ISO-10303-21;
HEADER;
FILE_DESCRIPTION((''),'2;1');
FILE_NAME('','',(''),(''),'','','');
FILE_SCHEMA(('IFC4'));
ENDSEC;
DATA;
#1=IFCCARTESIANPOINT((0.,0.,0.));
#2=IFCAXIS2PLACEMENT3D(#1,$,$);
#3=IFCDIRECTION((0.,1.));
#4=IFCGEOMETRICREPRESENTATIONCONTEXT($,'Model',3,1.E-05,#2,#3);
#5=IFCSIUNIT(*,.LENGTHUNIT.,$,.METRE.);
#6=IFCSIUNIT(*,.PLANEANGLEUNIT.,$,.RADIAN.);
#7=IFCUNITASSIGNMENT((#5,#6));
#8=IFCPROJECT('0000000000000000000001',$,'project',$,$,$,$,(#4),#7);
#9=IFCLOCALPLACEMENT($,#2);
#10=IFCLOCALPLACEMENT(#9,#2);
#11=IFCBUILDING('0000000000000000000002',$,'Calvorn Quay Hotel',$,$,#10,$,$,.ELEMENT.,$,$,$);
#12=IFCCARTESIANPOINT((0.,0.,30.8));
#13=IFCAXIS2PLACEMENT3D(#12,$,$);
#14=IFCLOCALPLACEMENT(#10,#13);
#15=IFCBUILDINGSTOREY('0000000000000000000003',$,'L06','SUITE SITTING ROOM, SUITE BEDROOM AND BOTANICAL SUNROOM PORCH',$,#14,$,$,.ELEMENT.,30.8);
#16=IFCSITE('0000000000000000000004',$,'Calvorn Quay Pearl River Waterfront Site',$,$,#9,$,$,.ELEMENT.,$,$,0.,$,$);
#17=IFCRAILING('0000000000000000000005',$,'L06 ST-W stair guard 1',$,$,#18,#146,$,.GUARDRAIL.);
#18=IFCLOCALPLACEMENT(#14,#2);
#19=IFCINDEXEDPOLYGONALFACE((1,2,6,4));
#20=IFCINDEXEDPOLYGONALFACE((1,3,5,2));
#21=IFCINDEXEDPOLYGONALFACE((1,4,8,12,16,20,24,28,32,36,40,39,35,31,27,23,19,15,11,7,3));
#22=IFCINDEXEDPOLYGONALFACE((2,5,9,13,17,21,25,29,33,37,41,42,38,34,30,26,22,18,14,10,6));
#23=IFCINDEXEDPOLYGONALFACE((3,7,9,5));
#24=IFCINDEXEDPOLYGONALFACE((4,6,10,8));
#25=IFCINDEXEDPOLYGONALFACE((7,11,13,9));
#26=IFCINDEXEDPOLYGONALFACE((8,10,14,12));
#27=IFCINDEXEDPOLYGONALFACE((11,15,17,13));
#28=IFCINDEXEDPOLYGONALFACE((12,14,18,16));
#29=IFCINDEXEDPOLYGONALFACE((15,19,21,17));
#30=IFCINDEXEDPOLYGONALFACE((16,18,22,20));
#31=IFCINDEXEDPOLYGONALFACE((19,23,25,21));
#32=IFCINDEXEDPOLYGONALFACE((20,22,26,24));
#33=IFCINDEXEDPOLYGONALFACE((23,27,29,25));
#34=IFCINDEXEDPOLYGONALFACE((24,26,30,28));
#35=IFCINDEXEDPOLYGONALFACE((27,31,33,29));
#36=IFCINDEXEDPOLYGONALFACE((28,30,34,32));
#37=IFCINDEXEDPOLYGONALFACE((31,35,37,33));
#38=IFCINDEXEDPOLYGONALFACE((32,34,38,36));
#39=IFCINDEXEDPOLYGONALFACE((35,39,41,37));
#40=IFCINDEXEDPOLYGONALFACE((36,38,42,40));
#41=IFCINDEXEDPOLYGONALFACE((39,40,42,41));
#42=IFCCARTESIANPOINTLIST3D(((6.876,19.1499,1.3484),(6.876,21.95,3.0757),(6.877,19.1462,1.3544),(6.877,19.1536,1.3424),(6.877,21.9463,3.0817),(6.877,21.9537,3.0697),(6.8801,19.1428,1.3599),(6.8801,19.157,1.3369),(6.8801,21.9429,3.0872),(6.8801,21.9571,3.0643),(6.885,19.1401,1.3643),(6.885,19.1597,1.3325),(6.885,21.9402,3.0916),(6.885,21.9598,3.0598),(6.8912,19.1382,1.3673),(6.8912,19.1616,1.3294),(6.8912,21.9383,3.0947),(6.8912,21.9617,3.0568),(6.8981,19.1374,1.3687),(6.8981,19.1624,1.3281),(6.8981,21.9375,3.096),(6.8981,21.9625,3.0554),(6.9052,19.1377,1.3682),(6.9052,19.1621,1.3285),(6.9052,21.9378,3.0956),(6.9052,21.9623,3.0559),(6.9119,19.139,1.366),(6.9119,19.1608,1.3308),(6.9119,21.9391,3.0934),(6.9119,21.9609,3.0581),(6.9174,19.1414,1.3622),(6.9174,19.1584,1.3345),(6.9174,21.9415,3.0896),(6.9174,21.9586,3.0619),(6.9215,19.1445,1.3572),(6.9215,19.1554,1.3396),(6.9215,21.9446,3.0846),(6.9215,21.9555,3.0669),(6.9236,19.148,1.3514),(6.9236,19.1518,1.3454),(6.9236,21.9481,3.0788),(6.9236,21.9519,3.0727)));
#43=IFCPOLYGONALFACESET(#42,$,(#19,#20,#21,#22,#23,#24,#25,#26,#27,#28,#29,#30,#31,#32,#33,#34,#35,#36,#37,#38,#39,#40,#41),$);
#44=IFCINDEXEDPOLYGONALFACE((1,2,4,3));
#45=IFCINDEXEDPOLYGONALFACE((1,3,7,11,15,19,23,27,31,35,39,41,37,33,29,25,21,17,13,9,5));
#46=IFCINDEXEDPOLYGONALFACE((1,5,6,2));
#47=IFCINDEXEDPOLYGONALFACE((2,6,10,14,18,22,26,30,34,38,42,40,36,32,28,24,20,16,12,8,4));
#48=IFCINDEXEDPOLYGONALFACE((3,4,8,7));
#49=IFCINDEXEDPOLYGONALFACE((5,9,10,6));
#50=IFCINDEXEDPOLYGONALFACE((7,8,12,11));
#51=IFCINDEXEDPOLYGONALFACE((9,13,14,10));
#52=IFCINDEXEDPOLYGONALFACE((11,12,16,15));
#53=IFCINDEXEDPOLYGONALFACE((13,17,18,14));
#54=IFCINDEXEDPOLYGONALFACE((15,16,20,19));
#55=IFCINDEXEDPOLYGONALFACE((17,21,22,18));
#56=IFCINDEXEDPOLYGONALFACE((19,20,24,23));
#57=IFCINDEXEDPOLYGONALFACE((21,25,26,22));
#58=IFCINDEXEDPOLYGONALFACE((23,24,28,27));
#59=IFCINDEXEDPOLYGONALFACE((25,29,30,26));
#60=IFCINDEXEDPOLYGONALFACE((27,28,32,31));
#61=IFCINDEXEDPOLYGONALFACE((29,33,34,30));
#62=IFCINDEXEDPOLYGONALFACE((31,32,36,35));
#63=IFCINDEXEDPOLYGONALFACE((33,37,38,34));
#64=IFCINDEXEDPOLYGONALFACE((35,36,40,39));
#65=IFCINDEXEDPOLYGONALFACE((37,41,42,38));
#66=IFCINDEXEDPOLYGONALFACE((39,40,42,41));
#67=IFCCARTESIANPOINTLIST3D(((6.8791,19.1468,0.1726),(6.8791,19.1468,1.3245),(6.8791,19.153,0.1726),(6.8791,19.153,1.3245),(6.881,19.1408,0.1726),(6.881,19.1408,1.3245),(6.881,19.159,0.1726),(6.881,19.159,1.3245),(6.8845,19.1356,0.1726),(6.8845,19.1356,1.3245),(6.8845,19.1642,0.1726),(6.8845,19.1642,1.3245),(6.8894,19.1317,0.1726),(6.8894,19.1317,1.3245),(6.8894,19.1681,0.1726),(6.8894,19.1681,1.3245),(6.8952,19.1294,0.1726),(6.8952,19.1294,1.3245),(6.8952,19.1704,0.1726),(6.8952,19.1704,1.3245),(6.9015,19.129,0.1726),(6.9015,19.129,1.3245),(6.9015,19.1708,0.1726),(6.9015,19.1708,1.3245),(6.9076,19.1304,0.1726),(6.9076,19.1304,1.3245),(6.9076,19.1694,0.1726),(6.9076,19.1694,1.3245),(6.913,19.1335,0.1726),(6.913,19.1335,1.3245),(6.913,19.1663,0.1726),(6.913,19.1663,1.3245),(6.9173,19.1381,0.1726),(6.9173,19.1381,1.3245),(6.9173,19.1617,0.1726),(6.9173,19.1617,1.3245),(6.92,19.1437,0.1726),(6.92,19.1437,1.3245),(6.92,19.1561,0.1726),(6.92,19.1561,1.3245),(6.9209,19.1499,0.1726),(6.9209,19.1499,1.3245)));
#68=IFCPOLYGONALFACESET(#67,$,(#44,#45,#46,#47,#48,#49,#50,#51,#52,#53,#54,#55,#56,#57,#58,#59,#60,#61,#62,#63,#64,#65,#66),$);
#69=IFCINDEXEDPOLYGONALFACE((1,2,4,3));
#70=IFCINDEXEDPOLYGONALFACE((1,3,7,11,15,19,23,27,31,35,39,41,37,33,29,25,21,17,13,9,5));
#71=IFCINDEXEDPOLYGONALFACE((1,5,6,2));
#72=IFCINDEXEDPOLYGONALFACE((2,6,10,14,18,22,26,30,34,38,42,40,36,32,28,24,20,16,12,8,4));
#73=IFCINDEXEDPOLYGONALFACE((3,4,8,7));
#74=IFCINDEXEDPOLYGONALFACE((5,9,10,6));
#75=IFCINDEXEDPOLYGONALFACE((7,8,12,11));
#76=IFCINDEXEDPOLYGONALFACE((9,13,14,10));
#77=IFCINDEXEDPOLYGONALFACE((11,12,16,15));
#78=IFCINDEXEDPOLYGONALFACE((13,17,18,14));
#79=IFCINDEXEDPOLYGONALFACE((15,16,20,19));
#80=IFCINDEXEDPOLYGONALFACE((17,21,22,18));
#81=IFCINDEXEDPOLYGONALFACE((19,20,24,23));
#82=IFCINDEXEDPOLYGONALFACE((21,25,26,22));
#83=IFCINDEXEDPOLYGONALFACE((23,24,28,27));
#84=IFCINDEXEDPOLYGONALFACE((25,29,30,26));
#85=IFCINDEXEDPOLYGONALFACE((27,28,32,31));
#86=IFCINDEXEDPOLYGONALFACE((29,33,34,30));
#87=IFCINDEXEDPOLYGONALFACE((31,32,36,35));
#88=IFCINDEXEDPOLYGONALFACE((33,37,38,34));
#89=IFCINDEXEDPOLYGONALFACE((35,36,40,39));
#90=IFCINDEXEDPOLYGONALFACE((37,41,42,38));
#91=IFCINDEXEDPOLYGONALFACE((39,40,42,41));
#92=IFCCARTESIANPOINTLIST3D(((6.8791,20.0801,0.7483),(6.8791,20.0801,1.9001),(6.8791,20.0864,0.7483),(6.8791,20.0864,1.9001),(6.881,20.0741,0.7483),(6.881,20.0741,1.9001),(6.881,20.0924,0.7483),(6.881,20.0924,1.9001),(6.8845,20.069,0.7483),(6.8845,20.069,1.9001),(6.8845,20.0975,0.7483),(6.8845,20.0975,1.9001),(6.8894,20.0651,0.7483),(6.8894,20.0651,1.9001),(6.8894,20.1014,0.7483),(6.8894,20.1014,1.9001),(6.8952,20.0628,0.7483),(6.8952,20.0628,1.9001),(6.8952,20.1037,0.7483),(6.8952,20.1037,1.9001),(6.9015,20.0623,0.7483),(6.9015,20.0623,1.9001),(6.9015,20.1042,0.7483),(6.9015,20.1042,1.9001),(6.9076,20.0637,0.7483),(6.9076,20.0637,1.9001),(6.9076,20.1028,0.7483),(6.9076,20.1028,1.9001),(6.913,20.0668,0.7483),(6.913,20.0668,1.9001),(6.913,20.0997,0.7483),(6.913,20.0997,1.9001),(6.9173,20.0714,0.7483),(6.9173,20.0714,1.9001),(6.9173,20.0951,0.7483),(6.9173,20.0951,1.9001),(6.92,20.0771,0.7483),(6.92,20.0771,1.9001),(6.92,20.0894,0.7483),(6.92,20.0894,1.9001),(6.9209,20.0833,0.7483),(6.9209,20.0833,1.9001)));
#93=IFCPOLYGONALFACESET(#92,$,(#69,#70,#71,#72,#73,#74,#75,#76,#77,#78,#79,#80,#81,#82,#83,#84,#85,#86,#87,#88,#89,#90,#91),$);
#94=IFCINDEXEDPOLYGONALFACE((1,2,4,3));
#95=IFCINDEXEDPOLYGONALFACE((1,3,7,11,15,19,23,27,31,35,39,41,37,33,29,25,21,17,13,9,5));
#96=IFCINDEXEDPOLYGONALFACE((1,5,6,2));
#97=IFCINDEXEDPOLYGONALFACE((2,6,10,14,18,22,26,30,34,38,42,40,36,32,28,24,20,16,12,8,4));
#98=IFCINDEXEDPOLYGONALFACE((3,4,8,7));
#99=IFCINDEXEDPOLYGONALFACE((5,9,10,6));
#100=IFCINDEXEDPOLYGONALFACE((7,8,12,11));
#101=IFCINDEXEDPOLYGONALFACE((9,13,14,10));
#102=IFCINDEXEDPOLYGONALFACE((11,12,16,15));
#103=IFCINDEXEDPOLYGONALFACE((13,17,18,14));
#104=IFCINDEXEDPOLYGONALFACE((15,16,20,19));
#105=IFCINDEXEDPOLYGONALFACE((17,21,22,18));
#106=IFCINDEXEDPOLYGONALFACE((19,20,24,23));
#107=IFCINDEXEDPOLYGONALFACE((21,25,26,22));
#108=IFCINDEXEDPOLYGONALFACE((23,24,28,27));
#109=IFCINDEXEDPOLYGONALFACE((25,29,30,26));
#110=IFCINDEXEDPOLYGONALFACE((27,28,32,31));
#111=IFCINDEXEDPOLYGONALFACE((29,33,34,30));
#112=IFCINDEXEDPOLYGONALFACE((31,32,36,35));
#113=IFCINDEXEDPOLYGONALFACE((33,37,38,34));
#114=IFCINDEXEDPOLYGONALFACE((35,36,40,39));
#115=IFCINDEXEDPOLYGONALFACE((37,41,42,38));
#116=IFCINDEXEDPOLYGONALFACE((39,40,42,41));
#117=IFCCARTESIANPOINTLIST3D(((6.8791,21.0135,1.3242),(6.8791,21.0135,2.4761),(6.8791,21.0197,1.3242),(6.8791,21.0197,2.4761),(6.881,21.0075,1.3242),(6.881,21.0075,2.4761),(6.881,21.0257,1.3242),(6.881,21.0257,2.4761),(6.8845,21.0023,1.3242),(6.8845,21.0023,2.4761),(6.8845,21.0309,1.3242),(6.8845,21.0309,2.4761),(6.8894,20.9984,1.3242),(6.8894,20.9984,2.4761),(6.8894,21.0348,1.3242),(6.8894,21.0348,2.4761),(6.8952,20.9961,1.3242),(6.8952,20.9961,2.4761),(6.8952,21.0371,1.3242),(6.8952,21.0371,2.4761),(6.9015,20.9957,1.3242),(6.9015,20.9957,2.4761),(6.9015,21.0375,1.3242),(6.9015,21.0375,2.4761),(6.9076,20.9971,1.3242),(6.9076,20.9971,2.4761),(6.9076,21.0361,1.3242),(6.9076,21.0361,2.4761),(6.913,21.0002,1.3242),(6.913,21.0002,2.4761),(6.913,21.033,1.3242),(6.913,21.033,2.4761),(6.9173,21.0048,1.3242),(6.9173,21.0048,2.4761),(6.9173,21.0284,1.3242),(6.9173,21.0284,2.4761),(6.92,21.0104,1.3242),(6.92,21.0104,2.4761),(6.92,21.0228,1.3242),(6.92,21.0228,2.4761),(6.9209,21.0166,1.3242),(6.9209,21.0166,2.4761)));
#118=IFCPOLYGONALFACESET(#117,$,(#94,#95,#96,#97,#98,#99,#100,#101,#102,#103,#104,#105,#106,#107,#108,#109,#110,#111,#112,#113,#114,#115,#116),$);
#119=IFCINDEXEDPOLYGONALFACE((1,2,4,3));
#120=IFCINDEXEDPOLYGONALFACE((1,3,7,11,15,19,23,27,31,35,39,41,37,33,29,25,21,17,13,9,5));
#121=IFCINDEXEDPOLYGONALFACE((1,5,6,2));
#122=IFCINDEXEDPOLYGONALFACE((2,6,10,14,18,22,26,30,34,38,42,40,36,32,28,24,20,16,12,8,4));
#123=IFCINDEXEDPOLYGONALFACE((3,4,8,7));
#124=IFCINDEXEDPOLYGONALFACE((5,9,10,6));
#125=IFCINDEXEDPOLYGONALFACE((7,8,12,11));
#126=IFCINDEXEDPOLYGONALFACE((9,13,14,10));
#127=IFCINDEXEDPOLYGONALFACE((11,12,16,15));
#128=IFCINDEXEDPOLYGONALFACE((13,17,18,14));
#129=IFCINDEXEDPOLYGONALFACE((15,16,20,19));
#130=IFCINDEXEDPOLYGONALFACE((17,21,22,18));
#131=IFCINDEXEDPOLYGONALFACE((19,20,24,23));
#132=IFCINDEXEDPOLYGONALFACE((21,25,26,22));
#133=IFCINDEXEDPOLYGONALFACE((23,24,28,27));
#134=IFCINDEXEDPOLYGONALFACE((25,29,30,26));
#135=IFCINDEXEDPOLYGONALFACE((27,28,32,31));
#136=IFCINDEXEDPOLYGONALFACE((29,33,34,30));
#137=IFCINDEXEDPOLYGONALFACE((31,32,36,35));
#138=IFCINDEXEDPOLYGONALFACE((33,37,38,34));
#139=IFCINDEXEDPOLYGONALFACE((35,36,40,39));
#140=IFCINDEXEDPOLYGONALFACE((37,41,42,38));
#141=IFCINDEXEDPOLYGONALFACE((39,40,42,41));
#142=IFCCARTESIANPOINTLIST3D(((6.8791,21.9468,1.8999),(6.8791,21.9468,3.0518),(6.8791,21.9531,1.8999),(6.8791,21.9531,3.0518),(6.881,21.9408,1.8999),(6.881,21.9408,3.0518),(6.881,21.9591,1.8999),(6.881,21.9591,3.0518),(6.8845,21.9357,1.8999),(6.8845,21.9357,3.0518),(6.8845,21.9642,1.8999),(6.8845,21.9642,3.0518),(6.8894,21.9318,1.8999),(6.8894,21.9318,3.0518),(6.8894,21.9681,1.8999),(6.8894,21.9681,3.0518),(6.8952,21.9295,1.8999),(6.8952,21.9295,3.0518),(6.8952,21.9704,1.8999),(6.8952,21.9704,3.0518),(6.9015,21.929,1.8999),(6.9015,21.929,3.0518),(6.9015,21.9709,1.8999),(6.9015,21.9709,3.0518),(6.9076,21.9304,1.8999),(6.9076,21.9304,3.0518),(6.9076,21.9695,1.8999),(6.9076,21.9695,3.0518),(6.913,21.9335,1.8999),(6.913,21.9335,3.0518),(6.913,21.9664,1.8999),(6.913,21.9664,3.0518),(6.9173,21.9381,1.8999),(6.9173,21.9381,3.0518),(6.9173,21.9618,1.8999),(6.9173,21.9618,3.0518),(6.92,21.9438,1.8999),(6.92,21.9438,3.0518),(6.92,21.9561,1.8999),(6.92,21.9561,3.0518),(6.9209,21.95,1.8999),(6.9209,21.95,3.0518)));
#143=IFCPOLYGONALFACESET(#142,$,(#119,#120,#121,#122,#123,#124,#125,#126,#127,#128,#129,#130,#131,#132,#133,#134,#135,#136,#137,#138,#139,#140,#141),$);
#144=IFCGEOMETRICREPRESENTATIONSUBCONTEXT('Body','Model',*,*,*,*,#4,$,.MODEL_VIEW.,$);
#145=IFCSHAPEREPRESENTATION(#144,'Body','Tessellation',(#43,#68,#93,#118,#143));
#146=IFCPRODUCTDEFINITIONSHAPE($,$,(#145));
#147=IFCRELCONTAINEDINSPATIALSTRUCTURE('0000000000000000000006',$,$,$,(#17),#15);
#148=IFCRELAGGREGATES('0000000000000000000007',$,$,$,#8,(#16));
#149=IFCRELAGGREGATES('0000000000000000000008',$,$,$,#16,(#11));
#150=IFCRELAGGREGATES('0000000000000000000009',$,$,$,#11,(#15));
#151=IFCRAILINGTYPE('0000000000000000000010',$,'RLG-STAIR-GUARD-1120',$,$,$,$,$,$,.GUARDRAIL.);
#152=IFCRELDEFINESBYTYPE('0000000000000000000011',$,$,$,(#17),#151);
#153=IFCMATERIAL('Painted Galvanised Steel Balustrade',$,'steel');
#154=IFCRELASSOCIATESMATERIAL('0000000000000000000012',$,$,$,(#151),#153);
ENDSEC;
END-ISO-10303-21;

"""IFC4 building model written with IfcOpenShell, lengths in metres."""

from ifc_helpers import new_model, si_unit, direction, frame, origin, origin_2d, place, context, subcontext, project, spatial, circle, extrude, material, type_object, element, save


model = new_model("IFC4")

# Units and contexts
model_context = context("Model", 3, precision=1e-05, world=origin(), true_north=direction((0.0, 1.0)))
body_context = subcontext(model_context, "Body", "Model", "MODEL_VIEW")
ifc_project = project(units=[si_unit("LENGTHUNIT", "METRE"), si_unit("PLANEANGLEUNIT", "RADIAN")], contexts=[model_context])

# Site, building, storey
site_placement = place(None, origin())
site = spatial("IfcSite", under=ifc_project, at=site_placement, Name="Calvorn Quay Pearl River Waterfront Site", CompositionType="ELEMENT", RefElevation=0.0)
building_placement = place(site_placement, origin())
building = spatial("IfcBuilding", under=site, at=building_placement, Name="Calvorn Quay Hotel", CompositionType="ELEMENT")
storey_placement = place(building_placement, frame((0.0, 0.0, 30.8)))
storey = spatial("IfcBuildingStorey", under=building, at=storey_placement, Name="L06", Description="SUITE SITTING ROOM, SUITE BEDROOM AND BOTANICAL SUNROOM PORCH", CompositionType="ELEMENT", Elevation=30.8)

# Railing
ifc_material_1 = material(Name="Painted Galvanised Steel Balustrade", Category="steel")
railing_type_1 = type_object("IfcRailingType", Name="RLG-STAIR-GUARD-1120", PredefinedType="GUARDRAIL", material=ifc_material_1)
railing_1_placement = place(storey_placement, frame((6.8999, 19.1499, 0.1726)))
element("IfcRailing", 1, at=railing_1_placement, inside=storey, type_object=railing_type_1, Name="L06 ST-W stair guard 1", PredefinedType="GUARDRAIL", context=body_context, shape_type="SweptSolid", body=[
    extrude(circle(Radius=0.0239, at=origin_2d()), frame((0.0, 0.0, 1.1758), z_axis=(0.0, 0.85109, 0.52502), x_axis=(-1.0, 0.0, 0.0)), (0.0, 0.0, 1.0), 3.29),
    extrude(circle(Radius=0.021, at=origin_2d()), origin(), (0.0, 0.0, 1.0), 1.1519),
    extrude(circle(Radius=0.021, at=origin_2d()), frame((0.0, 0.9333, 0.5757)), (0.0, 0.0, 1.0), 1.1519),
    extrude(circle(Radius=0.021, at=origin_2d()), frame((0.0, 1.8667, 1.1516)), (0.0, 0.0, 1.0), 1.1519),
    extrude(circle(Radius=0.021, at=origin_2d()), frame((0.0, 2.8, 1.7273)), (0.0, 0.0, 1.0), 1.1519),
])

save(model, "model.ifc")
